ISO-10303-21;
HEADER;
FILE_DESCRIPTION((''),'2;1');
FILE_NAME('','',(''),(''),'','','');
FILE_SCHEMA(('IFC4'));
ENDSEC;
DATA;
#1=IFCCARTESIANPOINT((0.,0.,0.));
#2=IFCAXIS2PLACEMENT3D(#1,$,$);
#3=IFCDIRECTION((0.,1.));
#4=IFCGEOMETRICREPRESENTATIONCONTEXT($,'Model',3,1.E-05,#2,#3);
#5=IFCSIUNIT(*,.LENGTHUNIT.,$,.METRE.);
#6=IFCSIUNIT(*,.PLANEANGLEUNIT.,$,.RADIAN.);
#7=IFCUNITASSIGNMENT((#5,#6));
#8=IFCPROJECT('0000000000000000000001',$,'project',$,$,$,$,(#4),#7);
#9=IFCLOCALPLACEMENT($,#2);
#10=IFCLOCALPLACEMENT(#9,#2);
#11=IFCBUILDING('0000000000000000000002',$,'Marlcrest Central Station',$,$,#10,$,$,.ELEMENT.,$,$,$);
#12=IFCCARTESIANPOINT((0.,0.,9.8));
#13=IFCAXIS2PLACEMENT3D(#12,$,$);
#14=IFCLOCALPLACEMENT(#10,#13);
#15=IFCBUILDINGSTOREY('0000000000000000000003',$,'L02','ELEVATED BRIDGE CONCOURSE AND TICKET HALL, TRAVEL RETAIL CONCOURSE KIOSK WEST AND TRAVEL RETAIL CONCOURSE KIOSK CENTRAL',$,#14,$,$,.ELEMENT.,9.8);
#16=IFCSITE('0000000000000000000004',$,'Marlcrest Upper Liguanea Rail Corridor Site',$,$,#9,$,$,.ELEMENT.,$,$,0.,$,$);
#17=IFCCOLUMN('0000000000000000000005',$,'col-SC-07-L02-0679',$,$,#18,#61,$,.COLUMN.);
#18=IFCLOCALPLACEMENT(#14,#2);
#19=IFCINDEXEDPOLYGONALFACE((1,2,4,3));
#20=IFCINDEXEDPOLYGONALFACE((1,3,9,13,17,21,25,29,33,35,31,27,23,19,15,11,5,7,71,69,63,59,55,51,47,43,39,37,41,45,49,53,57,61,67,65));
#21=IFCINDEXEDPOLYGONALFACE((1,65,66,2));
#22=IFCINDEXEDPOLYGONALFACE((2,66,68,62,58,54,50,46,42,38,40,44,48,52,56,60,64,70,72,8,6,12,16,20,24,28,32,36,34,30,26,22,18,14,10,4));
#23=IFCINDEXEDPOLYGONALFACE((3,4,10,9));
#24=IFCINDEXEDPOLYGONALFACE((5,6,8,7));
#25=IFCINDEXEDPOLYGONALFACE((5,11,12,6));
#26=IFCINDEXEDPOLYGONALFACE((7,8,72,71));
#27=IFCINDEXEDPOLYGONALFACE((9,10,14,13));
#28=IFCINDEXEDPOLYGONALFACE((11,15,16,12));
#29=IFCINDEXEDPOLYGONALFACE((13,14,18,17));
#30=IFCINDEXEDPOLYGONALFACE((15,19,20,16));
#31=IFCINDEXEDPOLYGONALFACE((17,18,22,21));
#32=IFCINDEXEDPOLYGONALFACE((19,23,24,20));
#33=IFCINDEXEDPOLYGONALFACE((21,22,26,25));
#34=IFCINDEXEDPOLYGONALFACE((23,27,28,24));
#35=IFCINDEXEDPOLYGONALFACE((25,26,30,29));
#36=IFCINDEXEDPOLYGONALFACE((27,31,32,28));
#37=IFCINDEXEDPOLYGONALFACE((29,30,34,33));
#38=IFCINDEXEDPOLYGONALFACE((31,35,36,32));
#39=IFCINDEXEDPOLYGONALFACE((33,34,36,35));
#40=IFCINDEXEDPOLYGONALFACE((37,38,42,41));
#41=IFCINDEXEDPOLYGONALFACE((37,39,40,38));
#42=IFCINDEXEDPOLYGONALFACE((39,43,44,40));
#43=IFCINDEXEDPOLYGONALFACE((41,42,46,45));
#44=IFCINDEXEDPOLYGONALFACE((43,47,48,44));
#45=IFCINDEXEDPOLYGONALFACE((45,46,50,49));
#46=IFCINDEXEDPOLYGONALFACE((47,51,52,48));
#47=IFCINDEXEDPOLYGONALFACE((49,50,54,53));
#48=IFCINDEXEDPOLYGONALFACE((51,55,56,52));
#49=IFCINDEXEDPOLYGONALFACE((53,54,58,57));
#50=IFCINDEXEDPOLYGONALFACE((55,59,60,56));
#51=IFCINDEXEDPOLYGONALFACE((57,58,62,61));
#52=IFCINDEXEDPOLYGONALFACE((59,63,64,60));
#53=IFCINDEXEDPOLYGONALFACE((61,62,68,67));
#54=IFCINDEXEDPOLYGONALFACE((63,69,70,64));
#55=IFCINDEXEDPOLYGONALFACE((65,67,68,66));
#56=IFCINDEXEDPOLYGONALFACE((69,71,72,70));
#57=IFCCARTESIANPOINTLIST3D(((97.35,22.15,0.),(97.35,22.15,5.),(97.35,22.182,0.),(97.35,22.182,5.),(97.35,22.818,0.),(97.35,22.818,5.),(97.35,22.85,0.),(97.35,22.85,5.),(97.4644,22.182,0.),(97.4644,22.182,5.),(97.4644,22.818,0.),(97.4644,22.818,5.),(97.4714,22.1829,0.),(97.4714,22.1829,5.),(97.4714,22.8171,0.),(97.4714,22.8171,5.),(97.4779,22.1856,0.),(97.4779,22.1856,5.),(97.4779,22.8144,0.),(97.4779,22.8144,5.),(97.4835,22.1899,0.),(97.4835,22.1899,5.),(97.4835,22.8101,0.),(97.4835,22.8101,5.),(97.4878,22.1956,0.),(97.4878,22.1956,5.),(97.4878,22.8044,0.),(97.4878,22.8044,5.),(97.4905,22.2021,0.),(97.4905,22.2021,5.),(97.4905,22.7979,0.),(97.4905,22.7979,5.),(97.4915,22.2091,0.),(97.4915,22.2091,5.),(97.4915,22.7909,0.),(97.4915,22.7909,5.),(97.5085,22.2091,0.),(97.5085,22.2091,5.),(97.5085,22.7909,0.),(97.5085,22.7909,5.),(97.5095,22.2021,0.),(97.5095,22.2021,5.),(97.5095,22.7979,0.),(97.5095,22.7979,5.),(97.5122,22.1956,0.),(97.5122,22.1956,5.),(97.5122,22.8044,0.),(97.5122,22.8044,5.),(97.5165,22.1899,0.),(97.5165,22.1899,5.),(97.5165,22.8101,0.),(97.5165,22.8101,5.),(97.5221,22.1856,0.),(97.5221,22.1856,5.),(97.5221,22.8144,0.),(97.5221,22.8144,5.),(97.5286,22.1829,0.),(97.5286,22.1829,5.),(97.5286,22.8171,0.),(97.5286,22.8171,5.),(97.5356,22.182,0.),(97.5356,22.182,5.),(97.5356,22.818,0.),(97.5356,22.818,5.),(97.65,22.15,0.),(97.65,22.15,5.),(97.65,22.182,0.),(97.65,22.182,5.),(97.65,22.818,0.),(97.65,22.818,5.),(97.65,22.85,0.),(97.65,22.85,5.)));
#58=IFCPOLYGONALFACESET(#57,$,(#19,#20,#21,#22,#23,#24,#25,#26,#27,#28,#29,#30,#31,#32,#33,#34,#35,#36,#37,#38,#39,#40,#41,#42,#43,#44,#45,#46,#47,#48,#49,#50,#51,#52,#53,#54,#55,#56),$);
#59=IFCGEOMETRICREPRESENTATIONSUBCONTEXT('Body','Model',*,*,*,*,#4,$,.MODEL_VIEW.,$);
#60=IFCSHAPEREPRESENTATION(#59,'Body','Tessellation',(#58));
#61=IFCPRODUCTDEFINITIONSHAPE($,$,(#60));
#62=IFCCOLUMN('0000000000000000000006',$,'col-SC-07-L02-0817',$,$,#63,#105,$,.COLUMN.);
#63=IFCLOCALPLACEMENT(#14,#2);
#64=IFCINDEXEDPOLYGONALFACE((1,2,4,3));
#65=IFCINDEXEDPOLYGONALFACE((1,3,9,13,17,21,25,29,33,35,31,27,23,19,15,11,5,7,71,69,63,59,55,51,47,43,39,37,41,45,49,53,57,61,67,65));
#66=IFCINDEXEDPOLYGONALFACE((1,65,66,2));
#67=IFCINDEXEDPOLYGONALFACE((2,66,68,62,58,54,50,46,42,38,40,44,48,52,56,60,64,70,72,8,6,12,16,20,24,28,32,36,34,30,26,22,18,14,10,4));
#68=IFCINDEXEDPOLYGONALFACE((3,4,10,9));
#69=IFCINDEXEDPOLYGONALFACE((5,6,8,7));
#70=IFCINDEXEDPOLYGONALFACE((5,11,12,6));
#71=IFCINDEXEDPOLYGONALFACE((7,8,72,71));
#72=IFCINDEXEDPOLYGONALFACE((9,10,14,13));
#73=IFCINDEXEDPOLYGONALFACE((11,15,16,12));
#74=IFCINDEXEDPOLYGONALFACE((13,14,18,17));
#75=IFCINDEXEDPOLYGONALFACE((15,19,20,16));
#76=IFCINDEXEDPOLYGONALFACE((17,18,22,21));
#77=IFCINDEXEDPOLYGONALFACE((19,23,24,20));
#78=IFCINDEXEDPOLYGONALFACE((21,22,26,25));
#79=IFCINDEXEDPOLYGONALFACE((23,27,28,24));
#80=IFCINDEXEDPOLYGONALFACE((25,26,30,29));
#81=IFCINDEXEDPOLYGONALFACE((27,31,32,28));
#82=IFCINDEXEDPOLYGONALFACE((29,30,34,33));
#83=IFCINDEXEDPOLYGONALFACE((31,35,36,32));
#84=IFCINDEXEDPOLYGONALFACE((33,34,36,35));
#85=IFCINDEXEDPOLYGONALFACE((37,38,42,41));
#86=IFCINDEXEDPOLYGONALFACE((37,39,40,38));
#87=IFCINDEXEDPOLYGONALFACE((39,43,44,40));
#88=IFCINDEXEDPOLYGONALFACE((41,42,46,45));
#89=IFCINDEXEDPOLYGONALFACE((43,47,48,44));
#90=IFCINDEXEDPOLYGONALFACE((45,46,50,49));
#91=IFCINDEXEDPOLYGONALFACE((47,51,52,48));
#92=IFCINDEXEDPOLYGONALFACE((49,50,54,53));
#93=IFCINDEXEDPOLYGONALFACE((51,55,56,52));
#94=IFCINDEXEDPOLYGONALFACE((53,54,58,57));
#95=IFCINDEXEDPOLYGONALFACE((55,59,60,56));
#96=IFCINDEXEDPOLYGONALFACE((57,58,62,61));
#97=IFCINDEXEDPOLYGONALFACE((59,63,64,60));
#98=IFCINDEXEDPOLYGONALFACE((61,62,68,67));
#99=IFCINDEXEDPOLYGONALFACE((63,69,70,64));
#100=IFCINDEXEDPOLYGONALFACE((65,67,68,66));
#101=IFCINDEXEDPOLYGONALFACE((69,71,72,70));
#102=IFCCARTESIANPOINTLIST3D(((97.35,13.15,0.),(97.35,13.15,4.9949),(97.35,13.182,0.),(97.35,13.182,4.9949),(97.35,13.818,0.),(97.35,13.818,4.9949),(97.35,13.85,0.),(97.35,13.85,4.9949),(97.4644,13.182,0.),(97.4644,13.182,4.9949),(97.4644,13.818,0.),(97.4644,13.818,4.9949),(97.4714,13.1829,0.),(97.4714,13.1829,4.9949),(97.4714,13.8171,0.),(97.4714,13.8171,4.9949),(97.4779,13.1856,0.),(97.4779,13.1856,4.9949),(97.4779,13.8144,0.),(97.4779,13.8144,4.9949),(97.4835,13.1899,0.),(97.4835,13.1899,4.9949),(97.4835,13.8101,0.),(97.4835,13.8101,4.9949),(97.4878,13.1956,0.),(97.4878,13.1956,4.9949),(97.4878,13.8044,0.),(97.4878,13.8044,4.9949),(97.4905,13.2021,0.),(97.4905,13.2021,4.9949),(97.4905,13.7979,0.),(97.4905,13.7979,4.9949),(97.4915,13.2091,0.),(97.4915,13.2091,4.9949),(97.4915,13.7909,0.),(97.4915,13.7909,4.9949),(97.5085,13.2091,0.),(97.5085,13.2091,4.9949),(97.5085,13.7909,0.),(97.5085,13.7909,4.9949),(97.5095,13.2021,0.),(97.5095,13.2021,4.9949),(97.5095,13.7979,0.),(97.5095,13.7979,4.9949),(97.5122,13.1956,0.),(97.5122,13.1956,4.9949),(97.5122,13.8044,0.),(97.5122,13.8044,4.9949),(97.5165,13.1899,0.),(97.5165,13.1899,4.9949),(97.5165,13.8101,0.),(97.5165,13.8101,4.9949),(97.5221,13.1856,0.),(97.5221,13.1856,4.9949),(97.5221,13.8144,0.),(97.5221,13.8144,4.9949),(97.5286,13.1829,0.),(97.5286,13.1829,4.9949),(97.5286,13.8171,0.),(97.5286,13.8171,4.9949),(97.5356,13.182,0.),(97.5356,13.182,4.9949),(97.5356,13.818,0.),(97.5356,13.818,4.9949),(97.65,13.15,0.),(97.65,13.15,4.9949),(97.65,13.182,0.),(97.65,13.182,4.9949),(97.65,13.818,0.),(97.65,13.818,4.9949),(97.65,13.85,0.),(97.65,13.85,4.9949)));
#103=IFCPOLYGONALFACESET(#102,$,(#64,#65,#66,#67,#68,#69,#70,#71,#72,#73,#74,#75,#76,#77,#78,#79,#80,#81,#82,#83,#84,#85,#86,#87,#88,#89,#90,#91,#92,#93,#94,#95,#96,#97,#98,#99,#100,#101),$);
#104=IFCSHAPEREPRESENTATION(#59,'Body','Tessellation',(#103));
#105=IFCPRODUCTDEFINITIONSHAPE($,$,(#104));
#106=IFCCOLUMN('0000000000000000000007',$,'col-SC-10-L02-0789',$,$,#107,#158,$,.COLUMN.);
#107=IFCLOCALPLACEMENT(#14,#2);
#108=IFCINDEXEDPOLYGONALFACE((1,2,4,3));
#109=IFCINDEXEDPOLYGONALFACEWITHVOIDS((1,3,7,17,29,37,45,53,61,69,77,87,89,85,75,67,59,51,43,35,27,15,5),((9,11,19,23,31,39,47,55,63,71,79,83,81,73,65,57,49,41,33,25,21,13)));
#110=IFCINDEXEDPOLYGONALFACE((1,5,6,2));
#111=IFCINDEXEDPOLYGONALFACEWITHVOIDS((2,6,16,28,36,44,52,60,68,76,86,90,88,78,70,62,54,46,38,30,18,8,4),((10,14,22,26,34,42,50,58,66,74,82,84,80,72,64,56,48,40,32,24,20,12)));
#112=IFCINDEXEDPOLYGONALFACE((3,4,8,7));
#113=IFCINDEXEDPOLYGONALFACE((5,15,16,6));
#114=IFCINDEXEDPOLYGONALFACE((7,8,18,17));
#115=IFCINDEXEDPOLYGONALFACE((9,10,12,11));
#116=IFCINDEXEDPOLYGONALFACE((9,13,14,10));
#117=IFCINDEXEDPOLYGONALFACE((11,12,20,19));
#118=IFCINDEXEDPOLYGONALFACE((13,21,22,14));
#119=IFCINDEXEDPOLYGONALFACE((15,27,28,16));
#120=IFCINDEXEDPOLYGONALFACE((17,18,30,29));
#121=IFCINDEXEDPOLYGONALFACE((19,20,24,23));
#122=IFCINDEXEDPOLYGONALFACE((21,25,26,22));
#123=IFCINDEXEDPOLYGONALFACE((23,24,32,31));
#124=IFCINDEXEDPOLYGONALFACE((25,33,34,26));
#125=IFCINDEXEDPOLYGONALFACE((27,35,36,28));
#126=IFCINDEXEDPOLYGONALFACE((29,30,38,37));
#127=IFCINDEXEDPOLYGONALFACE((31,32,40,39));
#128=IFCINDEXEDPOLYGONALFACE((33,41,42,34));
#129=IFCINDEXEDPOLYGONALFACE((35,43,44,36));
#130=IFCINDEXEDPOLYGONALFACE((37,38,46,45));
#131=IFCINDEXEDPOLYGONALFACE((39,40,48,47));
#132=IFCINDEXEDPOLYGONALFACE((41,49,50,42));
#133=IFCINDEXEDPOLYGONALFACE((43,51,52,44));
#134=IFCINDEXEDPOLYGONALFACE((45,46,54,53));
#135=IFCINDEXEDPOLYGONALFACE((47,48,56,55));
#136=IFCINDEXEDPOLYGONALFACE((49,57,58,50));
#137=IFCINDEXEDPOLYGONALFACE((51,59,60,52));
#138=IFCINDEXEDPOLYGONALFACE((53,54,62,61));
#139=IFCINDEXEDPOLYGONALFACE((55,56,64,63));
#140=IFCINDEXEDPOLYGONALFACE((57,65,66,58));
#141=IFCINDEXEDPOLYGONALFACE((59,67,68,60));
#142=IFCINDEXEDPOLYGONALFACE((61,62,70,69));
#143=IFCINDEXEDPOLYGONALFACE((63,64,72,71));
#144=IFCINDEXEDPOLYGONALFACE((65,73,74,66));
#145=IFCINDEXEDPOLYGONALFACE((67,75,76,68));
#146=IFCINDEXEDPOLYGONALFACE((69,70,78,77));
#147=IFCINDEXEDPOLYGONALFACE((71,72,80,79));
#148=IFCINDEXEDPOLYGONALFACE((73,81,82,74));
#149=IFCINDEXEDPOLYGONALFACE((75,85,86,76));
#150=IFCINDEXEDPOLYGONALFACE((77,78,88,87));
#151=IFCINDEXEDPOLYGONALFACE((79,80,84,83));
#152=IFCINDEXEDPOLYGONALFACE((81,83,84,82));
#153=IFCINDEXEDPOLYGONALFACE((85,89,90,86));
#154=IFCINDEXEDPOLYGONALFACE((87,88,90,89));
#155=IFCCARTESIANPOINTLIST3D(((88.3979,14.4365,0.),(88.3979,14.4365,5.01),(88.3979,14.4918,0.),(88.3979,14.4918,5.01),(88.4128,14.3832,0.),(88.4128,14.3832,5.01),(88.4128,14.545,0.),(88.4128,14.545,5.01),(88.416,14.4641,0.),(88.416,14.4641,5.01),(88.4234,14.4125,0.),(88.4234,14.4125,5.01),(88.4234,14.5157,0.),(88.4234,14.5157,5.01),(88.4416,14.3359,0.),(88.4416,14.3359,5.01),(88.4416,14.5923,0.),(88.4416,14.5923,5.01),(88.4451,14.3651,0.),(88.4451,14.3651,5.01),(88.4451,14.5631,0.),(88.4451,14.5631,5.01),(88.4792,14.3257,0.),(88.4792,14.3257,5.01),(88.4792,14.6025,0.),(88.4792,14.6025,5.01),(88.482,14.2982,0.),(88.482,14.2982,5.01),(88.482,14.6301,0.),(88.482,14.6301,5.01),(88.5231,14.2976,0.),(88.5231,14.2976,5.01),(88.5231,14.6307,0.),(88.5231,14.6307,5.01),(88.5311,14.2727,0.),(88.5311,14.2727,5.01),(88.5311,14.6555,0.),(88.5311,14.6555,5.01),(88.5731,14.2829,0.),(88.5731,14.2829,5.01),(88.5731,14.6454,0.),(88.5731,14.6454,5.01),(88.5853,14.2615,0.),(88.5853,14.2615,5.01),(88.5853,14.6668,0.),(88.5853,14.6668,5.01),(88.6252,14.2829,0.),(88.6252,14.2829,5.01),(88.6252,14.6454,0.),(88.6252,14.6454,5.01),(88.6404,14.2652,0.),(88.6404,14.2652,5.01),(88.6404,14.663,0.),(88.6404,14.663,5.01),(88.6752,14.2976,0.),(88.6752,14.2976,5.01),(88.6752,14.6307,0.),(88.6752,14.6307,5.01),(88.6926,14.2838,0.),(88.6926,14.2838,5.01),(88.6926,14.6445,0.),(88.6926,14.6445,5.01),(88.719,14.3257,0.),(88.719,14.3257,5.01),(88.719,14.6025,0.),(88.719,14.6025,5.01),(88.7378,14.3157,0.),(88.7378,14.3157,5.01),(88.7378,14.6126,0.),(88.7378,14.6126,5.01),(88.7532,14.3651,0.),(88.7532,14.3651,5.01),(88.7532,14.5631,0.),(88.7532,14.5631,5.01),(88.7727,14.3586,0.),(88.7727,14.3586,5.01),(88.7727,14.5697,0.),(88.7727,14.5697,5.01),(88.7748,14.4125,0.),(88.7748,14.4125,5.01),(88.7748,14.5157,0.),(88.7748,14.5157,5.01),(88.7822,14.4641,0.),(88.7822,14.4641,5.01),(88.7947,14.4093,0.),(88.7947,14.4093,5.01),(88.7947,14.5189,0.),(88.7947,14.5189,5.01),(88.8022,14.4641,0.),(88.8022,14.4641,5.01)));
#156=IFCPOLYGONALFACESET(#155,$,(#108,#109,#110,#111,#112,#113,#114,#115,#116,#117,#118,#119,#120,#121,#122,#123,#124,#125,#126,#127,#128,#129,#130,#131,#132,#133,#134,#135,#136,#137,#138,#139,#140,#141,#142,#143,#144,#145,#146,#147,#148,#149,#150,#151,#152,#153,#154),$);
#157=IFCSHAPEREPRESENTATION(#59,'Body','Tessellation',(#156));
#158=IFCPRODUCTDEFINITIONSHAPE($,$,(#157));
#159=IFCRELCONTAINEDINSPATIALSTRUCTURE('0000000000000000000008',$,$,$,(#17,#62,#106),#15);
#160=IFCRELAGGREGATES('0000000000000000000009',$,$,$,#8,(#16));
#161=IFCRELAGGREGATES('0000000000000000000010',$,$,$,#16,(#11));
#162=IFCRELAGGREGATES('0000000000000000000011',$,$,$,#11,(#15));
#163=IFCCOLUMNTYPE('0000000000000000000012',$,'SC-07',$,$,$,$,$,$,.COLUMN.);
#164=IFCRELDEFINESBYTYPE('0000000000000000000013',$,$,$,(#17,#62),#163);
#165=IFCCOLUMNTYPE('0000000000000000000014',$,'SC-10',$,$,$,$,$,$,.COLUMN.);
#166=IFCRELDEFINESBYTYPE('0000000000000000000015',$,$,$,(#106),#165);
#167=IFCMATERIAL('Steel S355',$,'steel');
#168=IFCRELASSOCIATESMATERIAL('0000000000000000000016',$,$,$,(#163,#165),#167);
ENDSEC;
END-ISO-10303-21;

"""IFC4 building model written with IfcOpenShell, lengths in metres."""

from ifc_helpers import new_model, si_unit, direction, frame, origin, origin_2d, place, context, subcontext, project, spatial, hollow_circle, i_section, extrude, material, material_profile, profile_set, type_object, element, save


model = new_model("IFC4")

# Units and contexts
model_context = context("Model", 3, precision=1e-05, world=origin(), true_north=direction((0.0, 1.0)))
body_context = subcontext(model_context, "Body", "Model", "MODEL_VIEW")
ifc_project = project(units=[si_unit("LENGTHUNIT", "METRE"), si_unit("PLANEANGLEUNIT", "RADIAN")], contexts=[model_context])

# Site, building, storey
site_placement = place(None, origin())
site = spatial("IfcSite", under=ifc_project, at=site_placement, Name="Marlcrest Upper Liguanea Rail Corridor Site", CompositionType="ELEMENT", RefElevation=0.0)
building_placement = place(site_placement, origin())
building = spatial("IfcBuilding", under=site, at=building_placement, Name="Marlcrest Central Station", CompositionType="ELEMENT")
storey_placement = place(building_placement, frame((0.0, 0.0, 9.8)))
storey = spatial("IfcBuildingStorey", under=building, at=storey_placement, Name="L02", Description="ELEVATED BRIDGE CONCOURSE AND TICKET HALL, TRAVEL RETAIL CONCOURSE KIOSK WEST AND TRAVEL RETAIL CONCOURSE KIOSK CENTRAL", CompositionType="ELEMENT", Elevation=9.8)

# Columns
ifc_material_1 = material(Name="Steel S355", Category="steel")
ifc_material_profile_1 = material_profile(ifc_material_1, i_section(OverallWidth=0.3, OverallDepth=0.7, WebThickness=0.0171, FlangeThickness=0.032, FilletRadius=0.0271, at=origin_2d()), Name="HEB 700")
ifc_profile_set_1 = profile_set([ifc_material_profile_1], Name="Steel S355")
column_type_1 = type_object("IfcColumnType", Name="SC-07", PredefinedType="COLUMN", material=ifc_profile_set_1)
column_1_placement = place(storey_placement, frame((97.5, 22.5, 0.0), z_axis=(0.0, 0.0, 1.0), x_axis=(1.0, 0.0, 0.0)))
element("IfcColumn", 1, at=column_1_placement, inside=storey, type_object=column_type_1, Name="col-SC-07-L02-0679", PredefinedType="COLUMN", context=body_context, shape_type="SweptSolid", body=[
    extrude(i_section(OverallWidth=0.3, OverallDepth=0.7, WebThickness=0.0171, FlangeThickness=0.032, FilletRadius=0.0271, at=origin_2d()), origin(), (0.0, 0.0, 1.0), 5.0),
])
column_2_placement = place(storey_placement, frame((97.5, 13.5, 0.0), z_axis=(0.0, 0.0, 1.0), x_axis=(1.0, 0.0, 0.0)))
element("IfcColumn", 2, at=column_2_placement, inside=storey, type_object=column_type_1, Name="col-SC-07-L02-0817", PredefinedType="COLUMN", context=body_context, shape_type="SweptSolid", body=[
    extrude(i_section(OverallWidth=0.3, OverallDepth=0.7, WebThickness=0.0171, FlangeThickness=0.032, FilletRadius=0.0271, at=origin_2d()), origin(), (0.0, 0.0, 1.0), 4.9949),
])
ifc_material_profile_2 = material_profile(ifc_material_1, hollow_circle(Radius=0.2031, WallThickness=0.02, at=origin_2d()), Name="CHS 406.4x20")
ifc_profile_set_2 = profile_set([ifc_material_profile_2], Name="Steel S355")
column_type_2 = type_object("IfcColumnType", Name="SC-10", PredefinedType="COLUMN", material=ifc_profile_set_2)
column_3_placement = place(storey_placement, frame((88.5991, 14.4641, 0.0), z_axis=(0.0, 0.0, 1.0), x_axis=(1.0, 0.0, 0.0)))
element("IfcColumn", 3, at=column_3_placement, inside=storey, type_object=column_type_2, Name="col-SC-10-L02-0789", PredefinedType="COLUMN", context=body_context, shape_type="SweptSolid", body=[
    extrude(hollow_circle(Radius=0.2031, WallThickness=0.02, at=origin_2d()), origin(), (0.0, 0.0, 1.0), 5.01),
])

save(model, "model.ifc")
